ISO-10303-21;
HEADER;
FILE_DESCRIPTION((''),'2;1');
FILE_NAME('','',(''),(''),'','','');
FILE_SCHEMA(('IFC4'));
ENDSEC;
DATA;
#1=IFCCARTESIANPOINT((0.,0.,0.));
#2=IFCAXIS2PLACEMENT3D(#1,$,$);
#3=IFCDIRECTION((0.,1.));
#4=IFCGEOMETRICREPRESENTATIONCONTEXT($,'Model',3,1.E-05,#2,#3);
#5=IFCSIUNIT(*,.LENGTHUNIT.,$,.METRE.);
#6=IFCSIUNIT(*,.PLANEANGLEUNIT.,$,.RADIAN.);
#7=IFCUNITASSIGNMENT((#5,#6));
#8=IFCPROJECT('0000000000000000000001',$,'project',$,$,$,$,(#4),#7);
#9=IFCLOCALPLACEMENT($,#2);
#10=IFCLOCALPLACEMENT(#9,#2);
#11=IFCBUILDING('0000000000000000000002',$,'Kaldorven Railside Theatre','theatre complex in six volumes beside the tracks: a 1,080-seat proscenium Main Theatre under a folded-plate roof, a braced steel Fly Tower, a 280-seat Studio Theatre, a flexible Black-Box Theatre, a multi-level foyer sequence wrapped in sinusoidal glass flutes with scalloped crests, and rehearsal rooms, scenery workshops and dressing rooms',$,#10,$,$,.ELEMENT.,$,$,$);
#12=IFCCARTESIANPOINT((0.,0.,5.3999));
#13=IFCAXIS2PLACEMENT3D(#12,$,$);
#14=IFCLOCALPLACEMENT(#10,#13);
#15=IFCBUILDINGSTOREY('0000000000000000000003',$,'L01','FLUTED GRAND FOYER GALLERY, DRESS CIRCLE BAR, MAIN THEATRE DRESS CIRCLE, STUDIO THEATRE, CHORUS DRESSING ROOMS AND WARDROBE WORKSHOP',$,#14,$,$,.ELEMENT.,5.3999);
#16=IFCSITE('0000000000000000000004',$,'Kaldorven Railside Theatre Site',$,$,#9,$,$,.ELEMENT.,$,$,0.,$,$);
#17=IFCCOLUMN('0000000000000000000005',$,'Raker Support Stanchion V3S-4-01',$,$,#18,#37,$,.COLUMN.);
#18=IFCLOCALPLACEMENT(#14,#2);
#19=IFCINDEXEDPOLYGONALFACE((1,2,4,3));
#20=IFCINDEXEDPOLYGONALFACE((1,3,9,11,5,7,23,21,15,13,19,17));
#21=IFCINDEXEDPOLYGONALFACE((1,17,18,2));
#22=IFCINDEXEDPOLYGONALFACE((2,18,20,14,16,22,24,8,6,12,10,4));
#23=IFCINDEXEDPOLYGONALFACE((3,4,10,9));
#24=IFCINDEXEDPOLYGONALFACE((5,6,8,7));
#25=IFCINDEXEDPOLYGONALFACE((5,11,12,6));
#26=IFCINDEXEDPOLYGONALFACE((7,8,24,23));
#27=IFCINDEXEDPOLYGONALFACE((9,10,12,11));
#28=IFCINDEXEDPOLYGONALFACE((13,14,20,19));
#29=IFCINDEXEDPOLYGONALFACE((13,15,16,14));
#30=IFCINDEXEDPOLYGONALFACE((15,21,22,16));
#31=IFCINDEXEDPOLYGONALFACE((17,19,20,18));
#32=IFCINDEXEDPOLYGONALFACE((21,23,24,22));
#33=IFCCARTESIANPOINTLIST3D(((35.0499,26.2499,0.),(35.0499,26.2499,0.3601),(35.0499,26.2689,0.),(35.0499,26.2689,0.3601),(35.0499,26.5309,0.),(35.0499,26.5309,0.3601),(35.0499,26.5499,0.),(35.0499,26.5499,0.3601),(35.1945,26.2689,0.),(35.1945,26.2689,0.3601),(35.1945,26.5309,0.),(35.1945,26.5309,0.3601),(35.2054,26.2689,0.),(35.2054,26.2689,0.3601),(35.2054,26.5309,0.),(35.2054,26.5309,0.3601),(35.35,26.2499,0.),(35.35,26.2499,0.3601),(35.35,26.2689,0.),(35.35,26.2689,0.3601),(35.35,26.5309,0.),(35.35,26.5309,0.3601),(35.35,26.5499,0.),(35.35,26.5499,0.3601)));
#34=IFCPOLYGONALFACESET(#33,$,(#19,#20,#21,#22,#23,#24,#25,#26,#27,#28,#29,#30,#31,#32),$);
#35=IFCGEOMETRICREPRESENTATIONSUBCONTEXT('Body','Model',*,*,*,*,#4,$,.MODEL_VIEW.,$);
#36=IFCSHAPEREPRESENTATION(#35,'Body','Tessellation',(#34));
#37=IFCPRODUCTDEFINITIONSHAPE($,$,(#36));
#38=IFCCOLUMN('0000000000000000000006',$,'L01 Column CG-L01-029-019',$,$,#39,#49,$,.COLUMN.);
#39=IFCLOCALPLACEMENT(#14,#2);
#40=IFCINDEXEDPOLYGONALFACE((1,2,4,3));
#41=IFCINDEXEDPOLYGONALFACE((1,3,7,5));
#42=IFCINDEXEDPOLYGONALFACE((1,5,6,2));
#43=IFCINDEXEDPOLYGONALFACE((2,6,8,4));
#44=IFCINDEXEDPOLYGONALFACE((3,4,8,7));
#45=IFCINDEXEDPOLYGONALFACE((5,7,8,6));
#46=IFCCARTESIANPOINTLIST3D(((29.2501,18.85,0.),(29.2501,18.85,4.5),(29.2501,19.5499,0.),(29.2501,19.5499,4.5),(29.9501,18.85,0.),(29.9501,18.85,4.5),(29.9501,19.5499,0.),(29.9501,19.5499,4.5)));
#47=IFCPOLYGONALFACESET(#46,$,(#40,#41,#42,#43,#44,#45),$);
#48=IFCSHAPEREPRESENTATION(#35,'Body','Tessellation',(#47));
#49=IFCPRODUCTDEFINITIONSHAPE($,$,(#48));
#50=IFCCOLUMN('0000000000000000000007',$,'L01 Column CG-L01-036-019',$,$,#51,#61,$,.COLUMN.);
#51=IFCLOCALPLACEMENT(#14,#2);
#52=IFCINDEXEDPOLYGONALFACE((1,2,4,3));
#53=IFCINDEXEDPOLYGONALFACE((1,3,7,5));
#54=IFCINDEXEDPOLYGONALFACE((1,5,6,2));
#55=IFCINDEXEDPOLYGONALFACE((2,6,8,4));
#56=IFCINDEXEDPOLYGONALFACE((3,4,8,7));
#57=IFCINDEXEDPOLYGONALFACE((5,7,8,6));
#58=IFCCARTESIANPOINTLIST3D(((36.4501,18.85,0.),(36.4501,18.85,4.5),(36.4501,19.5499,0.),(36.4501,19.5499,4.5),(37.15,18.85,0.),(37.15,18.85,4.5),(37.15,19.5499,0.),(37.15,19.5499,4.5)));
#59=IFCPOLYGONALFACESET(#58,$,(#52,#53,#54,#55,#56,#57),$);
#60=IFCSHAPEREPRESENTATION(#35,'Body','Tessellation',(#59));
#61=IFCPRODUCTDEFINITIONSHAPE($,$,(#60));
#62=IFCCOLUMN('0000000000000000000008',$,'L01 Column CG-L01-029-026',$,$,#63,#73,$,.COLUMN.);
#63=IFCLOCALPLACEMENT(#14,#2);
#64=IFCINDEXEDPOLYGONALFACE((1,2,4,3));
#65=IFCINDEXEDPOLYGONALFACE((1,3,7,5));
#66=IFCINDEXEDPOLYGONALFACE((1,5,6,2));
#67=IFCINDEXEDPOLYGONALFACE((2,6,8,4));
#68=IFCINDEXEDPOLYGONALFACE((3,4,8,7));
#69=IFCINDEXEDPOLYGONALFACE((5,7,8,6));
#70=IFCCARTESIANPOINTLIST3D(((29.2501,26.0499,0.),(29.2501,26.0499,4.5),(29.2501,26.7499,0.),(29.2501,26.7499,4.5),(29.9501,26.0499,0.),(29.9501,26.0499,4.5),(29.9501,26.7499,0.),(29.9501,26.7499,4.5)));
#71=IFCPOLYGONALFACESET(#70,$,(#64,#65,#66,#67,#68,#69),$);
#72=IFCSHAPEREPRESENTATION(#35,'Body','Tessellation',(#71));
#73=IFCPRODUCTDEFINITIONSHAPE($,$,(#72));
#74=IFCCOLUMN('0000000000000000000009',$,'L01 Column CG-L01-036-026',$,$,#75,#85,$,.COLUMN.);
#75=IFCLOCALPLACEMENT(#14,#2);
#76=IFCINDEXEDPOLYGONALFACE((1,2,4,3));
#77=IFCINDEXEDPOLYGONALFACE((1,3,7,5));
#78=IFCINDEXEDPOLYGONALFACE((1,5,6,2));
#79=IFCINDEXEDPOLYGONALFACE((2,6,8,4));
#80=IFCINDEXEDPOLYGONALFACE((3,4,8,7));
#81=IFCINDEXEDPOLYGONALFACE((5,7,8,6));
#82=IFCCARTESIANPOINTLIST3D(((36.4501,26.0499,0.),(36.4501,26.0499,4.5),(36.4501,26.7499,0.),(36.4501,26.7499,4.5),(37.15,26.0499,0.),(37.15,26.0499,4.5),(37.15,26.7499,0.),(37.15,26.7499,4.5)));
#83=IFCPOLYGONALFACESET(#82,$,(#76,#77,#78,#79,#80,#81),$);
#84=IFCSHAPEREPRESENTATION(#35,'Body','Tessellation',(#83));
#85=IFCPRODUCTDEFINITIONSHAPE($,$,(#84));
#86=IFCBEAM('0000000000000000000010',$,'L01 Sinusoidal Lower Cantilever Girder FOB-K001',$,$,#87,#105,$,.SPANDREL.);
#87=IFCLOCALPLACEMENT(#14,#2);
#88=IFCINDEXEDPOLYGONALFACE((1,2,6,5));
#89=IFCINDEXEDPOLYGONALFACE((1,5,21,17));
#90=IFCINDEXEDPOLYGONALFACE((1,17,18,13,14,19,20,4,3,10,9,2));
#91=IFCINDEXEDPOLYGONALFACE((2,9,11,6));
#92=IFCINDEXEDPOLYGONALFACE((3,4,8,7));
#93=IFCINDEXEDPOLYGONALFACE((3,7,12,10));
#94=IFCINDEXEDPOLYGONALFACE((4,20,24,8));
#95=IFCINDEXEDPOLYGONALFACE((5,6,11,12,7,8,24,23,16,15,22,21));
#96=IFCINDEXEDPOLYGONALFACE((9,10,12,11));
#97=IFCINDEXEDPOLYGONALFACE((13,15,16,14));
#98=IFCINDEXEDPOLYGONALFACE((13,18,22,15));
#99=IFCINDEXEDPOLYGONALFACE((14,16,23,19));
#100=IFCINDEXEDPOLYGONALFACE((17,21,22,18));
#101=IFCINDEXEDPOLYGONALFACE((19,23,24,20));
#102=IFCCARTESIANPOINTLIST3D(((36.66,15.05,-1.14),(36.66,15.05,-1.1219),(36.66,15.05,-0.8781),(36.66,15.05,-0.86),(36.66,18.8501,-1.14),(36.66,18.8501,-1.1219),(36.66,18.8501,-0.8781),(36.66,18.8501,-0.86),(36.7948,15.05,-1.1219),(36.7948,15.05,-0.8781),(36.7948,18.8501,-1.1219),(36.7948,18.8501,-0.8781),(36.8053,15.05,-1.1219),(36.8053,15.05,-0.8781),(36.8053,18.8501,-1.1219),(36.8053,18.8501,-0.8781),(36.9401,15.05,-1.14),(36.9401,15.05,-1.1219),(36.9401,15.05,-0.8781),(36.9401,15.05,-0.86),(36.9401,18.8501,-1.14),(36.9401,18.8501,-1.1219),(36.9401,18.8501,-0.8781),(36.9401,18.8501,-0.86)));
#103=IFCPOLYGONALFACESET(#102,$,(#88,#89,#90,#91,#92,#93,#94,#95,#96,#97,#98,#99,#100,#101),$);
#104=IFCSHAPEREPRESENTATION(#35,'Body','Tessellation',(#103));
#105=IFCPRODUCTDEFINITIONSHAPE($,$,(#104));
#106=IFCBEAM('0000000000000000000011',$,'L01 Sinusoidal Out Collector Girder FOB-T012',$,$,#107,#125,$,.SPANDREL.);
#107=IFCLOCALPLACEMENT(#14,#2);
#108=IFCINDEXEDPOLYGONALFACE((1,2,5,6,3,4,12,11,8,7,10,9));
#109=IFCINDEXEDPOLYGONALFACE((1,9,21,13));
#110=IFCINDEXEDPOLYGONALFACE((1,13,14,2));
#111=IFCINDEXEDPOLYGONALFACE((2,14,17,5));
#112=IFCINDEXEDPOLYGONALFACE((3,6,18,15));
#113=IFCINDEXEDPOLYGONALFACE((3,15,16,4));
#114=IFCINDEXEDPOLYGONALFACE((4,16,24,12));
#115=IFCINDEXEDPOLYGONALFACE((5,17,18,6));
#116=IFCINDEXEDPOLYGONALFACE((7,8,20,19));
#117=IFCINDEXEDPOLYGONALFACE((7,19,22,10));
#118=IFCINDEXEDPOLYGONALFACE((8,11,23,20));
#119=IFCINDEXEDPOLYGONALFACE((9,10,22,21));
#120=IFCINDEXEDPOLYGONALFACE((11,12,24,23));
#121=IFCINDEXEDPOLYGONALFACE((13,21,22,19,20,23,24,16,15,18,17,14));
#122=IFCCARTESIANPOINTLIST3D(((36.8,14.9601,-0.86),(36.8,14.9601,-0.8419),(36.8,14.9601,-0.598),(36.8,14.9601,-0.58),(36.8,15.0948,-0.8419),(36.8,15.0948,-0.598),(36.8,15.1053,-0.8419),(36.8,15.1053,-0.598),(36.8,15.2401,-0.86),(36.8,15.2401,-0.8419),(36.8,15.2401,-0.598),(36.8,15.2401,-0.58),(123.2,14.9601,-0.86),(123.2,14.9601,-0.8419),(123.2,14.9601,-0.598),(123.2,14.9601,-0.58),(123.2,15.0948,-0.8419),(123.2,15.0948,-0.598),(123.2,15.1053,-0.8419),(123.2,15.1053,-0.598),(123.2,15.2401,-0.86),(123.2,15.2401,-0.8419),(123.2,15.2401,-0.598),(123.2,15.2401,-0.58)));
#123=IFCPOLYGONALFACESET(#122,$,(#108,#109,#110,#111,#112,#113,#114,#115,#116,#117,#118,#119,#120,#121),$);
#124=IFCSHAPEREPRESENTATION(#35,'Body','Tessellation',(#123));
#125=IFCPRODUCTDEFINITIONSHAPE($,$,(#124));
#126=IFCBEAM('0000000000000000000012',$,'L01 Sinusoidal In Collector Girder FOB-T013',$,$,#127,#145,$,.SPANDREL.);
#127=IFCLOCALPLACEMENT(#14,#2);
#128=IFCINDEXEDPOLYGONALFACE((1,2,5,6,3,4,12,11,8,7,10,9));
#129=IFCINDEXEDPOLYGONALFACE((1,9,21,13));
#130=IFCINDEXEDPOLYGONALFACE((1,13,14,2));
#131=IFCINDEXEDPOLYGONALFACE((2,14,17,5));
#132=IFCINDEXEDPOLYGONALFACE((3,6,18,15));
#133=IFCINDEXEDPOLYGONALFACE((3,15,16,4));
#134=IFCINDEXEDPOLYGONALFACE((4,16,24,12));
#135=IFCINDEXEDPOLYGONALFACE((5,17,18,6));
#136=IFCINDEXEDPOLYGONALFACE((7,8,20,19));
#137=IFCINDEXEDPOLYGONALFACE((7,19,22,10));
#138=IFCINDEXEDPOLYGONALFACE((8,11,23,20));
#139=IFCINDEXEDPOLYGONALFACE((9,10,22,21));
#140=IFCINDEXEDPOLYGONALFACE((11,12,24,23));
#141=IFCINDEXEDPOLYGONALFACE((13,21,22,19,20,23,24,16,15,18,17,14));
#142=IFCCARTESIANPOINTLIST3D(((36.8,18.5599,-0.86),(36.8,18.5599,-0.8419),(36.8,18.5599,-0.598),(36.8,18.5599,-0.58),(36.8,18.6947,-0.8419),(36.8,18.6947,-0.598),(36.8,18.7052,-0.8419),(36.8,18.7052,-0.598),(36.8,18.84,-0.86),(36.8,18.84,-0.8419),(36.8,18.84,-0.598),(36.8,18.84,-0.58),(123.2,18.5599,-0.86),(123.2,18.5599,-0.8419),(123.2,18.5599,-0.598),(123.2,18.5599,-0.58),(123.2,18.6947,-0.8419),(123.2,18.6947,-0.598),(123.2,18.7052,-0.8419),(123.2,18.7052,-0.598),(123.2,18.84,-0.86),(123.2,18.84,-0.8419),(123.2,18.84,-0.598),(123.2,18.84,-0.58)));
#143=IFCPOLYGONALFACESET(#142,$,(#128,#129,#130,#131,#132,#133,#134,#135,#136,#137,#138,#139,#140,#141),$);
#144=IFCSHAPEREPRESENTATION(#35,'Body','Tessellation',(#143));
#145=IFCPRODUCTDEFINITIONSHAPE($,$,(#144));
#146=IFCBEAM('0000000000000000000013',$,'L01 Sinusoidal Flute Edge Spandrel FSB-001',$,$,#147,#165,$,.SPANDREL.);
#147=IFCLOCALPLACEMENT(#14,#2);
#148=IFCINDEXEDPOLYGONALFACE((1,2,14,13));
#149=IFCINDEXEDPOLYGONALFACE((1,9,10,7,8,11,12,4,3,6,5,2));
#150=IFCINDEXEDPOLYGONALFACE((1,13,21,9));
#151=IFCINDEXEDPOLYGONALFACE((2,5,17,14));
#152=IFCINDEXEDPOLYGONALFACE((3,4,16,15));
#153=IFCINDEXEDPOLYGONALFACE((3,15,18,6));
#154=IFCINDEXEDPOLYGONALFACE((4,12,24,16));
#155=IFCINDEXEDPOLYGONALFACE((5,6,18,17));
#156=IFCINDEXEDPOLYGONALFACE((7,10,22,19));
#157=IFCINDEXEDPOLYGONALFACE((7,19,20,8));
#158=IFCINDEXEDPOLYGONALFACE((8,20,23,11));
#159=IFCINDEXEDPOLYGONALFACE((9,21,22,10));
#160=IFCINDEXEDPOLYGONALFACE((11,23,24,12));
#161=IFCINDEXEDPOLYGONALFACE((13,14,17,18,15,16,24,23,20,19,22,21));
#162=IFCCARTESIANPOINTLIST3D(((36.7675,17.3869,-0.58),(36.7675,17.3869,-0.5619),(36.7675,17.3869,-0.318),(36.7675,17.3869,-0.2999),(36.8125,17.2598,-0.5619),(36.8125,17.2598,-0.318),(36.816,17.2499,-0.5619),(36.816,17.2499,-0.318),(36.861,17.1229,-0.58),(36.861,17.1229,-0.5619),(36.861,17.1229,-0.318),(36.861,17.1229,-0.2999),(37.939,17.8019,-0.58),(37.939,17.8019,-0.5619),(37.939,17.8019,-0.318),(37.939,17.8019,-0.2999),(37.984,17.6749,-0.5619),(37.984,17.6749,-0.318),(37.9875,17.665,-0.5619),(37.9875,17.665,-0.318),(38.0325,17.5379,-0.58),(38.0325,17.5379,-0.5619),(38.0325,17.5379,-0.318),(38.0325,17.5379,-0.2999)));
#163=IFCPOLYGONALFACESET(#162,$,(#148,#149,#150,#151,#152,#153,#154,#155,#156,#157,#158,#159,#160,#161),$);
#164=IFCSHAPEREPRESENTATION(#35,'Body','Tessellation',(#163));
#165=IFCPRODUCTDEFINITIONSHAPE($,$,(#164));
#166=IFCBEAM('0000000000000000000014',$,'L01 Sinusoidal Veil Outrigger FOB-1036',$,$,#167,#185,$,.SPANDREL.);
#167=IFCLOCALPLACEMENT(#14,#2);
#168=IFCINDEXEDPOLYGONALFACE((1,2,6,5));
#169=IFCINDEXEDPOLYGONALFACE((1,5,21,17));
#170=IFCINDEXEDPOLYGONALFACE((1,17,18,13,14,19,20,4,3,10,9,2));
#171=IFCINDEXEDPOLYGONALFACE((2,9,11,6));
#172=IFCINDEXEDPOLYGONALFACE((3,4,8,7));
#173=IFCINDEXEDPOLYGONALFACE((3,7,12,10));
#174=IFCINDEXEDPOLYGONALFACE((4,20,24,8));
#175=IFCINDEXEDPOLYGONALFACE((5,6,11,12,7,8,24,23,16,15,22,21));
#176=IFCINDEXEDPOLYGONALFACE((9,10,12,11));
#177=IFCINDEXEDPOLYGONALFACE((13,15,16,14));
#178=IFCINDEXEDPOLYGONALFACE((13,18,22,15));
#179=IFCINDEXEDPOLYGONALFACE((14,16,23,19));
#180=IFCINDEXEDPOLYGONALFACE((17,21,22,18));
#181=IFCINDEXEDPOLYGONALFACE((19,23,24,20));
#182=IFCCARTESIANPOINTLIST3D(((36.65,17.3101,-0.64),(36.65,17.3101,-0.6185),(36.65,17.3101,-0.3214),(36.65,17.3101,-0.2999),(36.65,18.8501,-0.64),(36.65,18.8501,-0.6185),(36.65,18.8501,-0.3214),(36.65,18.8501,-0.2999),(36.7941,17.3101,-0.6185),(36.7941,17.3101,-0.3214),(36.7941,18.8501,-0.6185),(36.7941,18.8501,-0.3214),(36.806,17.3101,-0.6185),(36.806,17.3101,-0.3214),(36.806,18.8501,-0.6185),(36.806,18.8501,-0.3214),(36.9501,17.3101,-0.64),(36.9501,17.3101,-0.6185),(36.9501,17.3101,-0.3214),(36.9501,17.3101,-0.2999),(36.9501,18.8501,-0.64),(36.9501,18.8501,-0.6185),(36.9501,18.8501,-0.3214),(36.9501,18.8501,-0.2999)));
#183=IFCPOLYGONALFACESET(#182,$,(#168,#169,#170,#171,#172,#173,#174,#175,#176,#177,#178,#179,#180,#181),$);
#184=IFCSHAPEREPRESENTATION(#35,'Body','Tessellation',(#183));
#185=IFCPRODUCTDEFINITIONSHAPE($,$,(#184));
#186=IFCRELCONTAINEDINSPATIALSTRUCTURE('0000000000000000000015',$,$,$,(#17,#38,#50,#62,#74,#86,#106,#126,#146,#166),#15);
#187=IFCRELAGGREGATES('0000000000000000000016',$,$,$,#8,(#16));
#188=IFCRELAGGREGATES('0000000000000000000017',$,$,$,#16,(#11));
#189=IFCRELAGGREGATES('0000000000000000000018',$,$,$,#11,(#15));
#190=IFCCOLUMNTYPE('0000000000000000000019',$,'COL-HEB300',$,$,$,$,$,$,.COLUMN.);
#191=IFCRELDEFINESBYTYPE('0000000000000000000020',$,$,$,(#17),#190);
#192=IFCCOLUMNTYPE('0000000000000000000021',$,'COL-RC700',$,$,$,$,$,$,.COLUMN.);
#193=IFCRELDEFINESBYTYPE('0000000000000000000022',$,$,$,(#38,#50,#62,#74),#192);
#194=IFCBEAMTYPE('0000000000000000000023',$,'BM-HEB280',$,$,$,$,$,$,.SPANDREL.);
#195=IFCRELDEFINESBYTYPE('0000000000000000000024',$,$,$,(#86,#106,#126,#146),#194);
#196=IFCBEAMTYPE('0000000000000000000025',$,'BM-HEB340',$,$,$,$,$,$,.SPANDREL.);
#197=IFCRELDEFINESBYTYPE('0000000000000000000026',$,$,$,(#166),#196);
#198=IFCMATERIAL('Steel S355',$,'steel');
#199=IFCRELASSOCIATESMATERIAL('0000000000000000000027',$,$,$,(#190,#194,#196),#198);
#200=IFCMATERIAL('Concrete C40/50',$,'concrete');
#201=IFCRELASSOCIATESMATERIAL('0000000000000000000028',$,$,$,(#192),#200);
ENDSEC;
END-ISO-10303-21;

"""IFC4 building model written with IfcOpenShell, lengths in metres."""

from ifc_helpers import new_model, si_unit, direction, frame, origin, origin_2d, place, context, subcontext, project, spatial, rectangle, i_section, extrude, material, material_profile, profile_set, type_object, element, save


model = new_model("IFC4")

# Units and contexts
model_context = context("Model", 3, precision=1e-05, world=origin(), true_north=direction((0.0, 1.0)))
body_context = subcontext(model_context, "Body", "Model", "MODEL_VIEW")
ifc_project = project(units=[si_unit("LENGTHUNIT", "METRE"), si_unit("PLANEANGLEUNIT", "RADIAN")], contexts=[model_context])

# Site, building, storey
site_placement = place(None, origin())
site = spatial("IfcSite", under=ifc_project, at=site_placement, Name="Kaldorven Railside Theatre Site", CompositionType="ELEMENT", RefElevation=0.0)
building_placement = place(site_placement, origin())
building = spatial("IfcBuilding", under=site, at=building_placement, Name="Kaldorven Railside Theatre", Description="theatre complex in six volumes beside the tracks: a 1,080-seat proscenium Main Theatre under a folded-plate roof, a braced steel Fly Tower, a 280-seat Studio Theatre, a flexible Black-Box Theatre, a multi-level foyer sequence wrapped in sinusoidal glass flutes with scalloped crests, and rehearsal rooms, scenery workshops and dressing rooms", CompositionType="ELEMENT")
storey_placement = place(building_placement, frame((0.0, 0.0, 5.3999)))
storey = spatial("IfcBuildingStorey", under=building, at=storey_placement, Name="L01", Description="FLUTED GRAND FOYER GALLERY, DRESS CIRCLE BAR, MAIN THEATRE DRESS CIRCLE, STUDIO THEATRE, CHORUS DRESSING ROOMS AND WARDROBE WORKSHOP", CompositionType="ELEMENT", Elevation=5.3999)

# Columns
ifc_material_1 = material(Name="Steel S355", Category="steel")
ifc_material_profile_1 = material_profile(ifc_material_1, i_section(OverallWidth=0.3, OverallDepth=0.3, WebThickness=0.011, FlangeThickness=0.019, at=origin_2d()), Name="HEB 300")
ifc_profile_set_1 = profile_set([ifc_material_profile_1], Name="Steel S355")
column_type_1 = type_object("IfcColumnType", Name="COL-HEB300", PredefinedType="COLUMN", material=ifc_profile_set_1)
column_placement = place(storey_placement, frame((35.2, 26.3999, 0.0), z_axis=(0.0, 0.0, 1.0), x_axis=(1.0, 0.0, 0.0)))
element("IfcColumn", 1, at=column_placement, inside=storey, type_object=column_type_1, Name="Raker Support Stanchion V3S-4-01", PredefinedType="COLUMN", context=body_context, shape_type="SweptSolid", body=[
    extrude(i_section(OverallWidth=0.3, OverallDepth=0.3, WebThickness=0.011, FlangeThickness=0.019, at=origin_2d()), origin(), (0.0, 0.0, 1.0), 0.3601),
])
ifc_material_2 = material(Name="Concrete C40/50", Category="concrete")
ifc_material_profile_2 = material_profile(ifc_material_2, rectangle(XDim=0.7, YDim=0.7, at=origin_2d()), Name="RC 700x700")
ifc_profile_set_2 = profile_set([ifc_material_profile_2], Name="Concrete C40/50")
column_type_2 = type_object("IfcColumnType", Name="COL-RC700", PredefinedType="COLUMN", material=ifc_profile_set_2)
for number, where, z_axis, x_axis, name in (
    (2, (29.6001, 19.2, 0.0), (0.0, 0.0, 1.0), (1.0, 0.0, 0.0), "L01 Column CG-L01-029-019"),
    (3, (36.8, 19.2, 0.0), (0.0, 0.0, 1.0), (1.0, 0.0, 0.0), "L01 Column CG-L01-036-019"),
    (4, (29.6001, 26.3999, 0.0), (0.0, 0.0, 1.0), (1.0, 0.0, 0.0), "L01 Column CG-L01-029-026"),
    (5, (36.8, 26.3999, 0.0), (0.0, 0.0, 1.0), (0.0, 1.0, 0.0), "L01 Column CG-L01-036-026"),
):
    element("IfcColumn", number, at=place(storey_placement, frame(where, z_axis=z_axis, x_axis=x_axis)), inside=storey, type_object=column_type_2, Name=name, PredefinedType="COLUMN", context=body_context, shape_type="SweptSolid", body=[
        extrude(rectangle(XDim=0.7, YDim=0.7, at=origin_2d()), origin(), (0.0, 0.0, 1.0), 4.5),
    ])

# Beams
ifc_material_profile_3 = material_profile(ifc_material_1, i_section(OverallWidth=0.28, OverallDepth=0.28, WebThickness=0.0105, FlangeThickness=0.0181, at=origin_2d()), Name="HEB 280")
ifc_profile_set_3 = profile_set([ifc_material_profile_3], Name="Steel S355")
beam_type_1 = type_object("IfcBeamType", Name="BM-HEB280", PredefinedType="SPANDREL", material=ifc_profile_set_3)
beam_1_placement = place(storey_placement, frame((36.8, 15.05, -1.0), z_axis=(0.0, 1.0, 0.0), x_axis=(-1.0, 0.0, 0.0)))
element("IfcBeam", 6, at=beam_1_placement, inside=storey, type_object=beam_type_1, Name="L01 Sinusoidal Lower Cantilever Girder FOB-K001", PredefinedType="SPANDREL", context=body_context, shape_type="SweptSolid", body=[
    extrude(i_section(OverallWidth=0.28, OverallDepth=0.28, WebThickness=0.0105, FlangeThickness=0.0181, at=origin_2d()), origin(), (0.0, 0.0, 1.0), 3.8),
])
for number, where, z_axis, x_axis, name in (
    (7, (36.8, 15.1001, -0.72), (1.0, 0.0, 0.0), (0.0, 1.0, 0.0), "L01 Sinusoidal Out Collector Girder FOB-T012"),
    (8, (36.8, 18.7, -0.72), (1.0, 0.0, 0.0), (0.0, 1.0, 0.0), "L01 Sinusoidal In Collector Girder FOB-T013"),
):
    element("IfcBeam", number, at=place(storey_placement, frame(where, z_axis=z_axis, x_axis=x_axis)), inside=storey, type_object=beam_type_1, Name=name, PredefinedType="SPANDREL", context=body_context, shape_type="SweptSolid", body=[
        extrude(i_section(OverallWidth=0.28, OverallDepth=0.28, WebThickness=0.0105, FlangeThickness=0.0181, at=origin_2d()), origin(), (0.0, 0.0, 1.0), 86.3999),
    ])
beam_2_placement = place(storey_placement, frame((36.8142, 17.2549, -0.4399), z_axis=(0.942605, 0.333909, 0.0), x_axis=(-0.333909, 0.942605, 0.0)))
element("IfcBeam", 9, at=beam_2_placement, inside=storey, type_object=beam_type_1, Name="L01 Sinusoidal Flute Edge Spandrel FSB-001", PredefinedType="SPANDREL", context=body_context, shape_type="SweptSolid", body=[
    extrude(i_section(OverallWidth=0.28, OverallDepth=0.28, WebThickness=0.0105, FlangeThickness=0.0181, at=origin_2d()), origin(), (0.0, 0.0, 1.0), 1.2429),
])
ifc_material_profile_4 = material_profile(ifc_material_1, i_section(OverallWidth=0.3, OverallDepth=0.3401, WebThickness=0.012, FlangeThickness=0.0215, at=origin_2d()), Name="HEB 340")
ifc_profile_set_4 = profile_set([ifc_material_profile_4], Name="Steel S355")
beam_type_2 = type_object("IfcBeamType", Name="BM-HEB340", PredefinedType="SPANDREL", material=ifc_profile_set_4)
beam_3_placement = place(storey_placement, frame((36.8, 17.3101, -0.47), z_axis=(0.0, 1.0, 0.0), x_axis=(-1.0, 0.0, 0.0)))
element("IfcBeam", 10, at=beam_3_placement, inside=storey, type_object=beam_type_2, Name="L01 Sinusoidal Veil Outrigger FOB-1036", PredefinedType="SPANDREL", context=body_context, shape_type="SweptSolid", body=[
    extrude(i_section(OverallWidth=0.3, OverallDepth=0.3401, WebThickness=0.012, FlangeThickness=0.0215, at=origin_2d()), origin(), (0.0, 0.0, 1.0), 1.54),
])

save(model, "model.ifc")
